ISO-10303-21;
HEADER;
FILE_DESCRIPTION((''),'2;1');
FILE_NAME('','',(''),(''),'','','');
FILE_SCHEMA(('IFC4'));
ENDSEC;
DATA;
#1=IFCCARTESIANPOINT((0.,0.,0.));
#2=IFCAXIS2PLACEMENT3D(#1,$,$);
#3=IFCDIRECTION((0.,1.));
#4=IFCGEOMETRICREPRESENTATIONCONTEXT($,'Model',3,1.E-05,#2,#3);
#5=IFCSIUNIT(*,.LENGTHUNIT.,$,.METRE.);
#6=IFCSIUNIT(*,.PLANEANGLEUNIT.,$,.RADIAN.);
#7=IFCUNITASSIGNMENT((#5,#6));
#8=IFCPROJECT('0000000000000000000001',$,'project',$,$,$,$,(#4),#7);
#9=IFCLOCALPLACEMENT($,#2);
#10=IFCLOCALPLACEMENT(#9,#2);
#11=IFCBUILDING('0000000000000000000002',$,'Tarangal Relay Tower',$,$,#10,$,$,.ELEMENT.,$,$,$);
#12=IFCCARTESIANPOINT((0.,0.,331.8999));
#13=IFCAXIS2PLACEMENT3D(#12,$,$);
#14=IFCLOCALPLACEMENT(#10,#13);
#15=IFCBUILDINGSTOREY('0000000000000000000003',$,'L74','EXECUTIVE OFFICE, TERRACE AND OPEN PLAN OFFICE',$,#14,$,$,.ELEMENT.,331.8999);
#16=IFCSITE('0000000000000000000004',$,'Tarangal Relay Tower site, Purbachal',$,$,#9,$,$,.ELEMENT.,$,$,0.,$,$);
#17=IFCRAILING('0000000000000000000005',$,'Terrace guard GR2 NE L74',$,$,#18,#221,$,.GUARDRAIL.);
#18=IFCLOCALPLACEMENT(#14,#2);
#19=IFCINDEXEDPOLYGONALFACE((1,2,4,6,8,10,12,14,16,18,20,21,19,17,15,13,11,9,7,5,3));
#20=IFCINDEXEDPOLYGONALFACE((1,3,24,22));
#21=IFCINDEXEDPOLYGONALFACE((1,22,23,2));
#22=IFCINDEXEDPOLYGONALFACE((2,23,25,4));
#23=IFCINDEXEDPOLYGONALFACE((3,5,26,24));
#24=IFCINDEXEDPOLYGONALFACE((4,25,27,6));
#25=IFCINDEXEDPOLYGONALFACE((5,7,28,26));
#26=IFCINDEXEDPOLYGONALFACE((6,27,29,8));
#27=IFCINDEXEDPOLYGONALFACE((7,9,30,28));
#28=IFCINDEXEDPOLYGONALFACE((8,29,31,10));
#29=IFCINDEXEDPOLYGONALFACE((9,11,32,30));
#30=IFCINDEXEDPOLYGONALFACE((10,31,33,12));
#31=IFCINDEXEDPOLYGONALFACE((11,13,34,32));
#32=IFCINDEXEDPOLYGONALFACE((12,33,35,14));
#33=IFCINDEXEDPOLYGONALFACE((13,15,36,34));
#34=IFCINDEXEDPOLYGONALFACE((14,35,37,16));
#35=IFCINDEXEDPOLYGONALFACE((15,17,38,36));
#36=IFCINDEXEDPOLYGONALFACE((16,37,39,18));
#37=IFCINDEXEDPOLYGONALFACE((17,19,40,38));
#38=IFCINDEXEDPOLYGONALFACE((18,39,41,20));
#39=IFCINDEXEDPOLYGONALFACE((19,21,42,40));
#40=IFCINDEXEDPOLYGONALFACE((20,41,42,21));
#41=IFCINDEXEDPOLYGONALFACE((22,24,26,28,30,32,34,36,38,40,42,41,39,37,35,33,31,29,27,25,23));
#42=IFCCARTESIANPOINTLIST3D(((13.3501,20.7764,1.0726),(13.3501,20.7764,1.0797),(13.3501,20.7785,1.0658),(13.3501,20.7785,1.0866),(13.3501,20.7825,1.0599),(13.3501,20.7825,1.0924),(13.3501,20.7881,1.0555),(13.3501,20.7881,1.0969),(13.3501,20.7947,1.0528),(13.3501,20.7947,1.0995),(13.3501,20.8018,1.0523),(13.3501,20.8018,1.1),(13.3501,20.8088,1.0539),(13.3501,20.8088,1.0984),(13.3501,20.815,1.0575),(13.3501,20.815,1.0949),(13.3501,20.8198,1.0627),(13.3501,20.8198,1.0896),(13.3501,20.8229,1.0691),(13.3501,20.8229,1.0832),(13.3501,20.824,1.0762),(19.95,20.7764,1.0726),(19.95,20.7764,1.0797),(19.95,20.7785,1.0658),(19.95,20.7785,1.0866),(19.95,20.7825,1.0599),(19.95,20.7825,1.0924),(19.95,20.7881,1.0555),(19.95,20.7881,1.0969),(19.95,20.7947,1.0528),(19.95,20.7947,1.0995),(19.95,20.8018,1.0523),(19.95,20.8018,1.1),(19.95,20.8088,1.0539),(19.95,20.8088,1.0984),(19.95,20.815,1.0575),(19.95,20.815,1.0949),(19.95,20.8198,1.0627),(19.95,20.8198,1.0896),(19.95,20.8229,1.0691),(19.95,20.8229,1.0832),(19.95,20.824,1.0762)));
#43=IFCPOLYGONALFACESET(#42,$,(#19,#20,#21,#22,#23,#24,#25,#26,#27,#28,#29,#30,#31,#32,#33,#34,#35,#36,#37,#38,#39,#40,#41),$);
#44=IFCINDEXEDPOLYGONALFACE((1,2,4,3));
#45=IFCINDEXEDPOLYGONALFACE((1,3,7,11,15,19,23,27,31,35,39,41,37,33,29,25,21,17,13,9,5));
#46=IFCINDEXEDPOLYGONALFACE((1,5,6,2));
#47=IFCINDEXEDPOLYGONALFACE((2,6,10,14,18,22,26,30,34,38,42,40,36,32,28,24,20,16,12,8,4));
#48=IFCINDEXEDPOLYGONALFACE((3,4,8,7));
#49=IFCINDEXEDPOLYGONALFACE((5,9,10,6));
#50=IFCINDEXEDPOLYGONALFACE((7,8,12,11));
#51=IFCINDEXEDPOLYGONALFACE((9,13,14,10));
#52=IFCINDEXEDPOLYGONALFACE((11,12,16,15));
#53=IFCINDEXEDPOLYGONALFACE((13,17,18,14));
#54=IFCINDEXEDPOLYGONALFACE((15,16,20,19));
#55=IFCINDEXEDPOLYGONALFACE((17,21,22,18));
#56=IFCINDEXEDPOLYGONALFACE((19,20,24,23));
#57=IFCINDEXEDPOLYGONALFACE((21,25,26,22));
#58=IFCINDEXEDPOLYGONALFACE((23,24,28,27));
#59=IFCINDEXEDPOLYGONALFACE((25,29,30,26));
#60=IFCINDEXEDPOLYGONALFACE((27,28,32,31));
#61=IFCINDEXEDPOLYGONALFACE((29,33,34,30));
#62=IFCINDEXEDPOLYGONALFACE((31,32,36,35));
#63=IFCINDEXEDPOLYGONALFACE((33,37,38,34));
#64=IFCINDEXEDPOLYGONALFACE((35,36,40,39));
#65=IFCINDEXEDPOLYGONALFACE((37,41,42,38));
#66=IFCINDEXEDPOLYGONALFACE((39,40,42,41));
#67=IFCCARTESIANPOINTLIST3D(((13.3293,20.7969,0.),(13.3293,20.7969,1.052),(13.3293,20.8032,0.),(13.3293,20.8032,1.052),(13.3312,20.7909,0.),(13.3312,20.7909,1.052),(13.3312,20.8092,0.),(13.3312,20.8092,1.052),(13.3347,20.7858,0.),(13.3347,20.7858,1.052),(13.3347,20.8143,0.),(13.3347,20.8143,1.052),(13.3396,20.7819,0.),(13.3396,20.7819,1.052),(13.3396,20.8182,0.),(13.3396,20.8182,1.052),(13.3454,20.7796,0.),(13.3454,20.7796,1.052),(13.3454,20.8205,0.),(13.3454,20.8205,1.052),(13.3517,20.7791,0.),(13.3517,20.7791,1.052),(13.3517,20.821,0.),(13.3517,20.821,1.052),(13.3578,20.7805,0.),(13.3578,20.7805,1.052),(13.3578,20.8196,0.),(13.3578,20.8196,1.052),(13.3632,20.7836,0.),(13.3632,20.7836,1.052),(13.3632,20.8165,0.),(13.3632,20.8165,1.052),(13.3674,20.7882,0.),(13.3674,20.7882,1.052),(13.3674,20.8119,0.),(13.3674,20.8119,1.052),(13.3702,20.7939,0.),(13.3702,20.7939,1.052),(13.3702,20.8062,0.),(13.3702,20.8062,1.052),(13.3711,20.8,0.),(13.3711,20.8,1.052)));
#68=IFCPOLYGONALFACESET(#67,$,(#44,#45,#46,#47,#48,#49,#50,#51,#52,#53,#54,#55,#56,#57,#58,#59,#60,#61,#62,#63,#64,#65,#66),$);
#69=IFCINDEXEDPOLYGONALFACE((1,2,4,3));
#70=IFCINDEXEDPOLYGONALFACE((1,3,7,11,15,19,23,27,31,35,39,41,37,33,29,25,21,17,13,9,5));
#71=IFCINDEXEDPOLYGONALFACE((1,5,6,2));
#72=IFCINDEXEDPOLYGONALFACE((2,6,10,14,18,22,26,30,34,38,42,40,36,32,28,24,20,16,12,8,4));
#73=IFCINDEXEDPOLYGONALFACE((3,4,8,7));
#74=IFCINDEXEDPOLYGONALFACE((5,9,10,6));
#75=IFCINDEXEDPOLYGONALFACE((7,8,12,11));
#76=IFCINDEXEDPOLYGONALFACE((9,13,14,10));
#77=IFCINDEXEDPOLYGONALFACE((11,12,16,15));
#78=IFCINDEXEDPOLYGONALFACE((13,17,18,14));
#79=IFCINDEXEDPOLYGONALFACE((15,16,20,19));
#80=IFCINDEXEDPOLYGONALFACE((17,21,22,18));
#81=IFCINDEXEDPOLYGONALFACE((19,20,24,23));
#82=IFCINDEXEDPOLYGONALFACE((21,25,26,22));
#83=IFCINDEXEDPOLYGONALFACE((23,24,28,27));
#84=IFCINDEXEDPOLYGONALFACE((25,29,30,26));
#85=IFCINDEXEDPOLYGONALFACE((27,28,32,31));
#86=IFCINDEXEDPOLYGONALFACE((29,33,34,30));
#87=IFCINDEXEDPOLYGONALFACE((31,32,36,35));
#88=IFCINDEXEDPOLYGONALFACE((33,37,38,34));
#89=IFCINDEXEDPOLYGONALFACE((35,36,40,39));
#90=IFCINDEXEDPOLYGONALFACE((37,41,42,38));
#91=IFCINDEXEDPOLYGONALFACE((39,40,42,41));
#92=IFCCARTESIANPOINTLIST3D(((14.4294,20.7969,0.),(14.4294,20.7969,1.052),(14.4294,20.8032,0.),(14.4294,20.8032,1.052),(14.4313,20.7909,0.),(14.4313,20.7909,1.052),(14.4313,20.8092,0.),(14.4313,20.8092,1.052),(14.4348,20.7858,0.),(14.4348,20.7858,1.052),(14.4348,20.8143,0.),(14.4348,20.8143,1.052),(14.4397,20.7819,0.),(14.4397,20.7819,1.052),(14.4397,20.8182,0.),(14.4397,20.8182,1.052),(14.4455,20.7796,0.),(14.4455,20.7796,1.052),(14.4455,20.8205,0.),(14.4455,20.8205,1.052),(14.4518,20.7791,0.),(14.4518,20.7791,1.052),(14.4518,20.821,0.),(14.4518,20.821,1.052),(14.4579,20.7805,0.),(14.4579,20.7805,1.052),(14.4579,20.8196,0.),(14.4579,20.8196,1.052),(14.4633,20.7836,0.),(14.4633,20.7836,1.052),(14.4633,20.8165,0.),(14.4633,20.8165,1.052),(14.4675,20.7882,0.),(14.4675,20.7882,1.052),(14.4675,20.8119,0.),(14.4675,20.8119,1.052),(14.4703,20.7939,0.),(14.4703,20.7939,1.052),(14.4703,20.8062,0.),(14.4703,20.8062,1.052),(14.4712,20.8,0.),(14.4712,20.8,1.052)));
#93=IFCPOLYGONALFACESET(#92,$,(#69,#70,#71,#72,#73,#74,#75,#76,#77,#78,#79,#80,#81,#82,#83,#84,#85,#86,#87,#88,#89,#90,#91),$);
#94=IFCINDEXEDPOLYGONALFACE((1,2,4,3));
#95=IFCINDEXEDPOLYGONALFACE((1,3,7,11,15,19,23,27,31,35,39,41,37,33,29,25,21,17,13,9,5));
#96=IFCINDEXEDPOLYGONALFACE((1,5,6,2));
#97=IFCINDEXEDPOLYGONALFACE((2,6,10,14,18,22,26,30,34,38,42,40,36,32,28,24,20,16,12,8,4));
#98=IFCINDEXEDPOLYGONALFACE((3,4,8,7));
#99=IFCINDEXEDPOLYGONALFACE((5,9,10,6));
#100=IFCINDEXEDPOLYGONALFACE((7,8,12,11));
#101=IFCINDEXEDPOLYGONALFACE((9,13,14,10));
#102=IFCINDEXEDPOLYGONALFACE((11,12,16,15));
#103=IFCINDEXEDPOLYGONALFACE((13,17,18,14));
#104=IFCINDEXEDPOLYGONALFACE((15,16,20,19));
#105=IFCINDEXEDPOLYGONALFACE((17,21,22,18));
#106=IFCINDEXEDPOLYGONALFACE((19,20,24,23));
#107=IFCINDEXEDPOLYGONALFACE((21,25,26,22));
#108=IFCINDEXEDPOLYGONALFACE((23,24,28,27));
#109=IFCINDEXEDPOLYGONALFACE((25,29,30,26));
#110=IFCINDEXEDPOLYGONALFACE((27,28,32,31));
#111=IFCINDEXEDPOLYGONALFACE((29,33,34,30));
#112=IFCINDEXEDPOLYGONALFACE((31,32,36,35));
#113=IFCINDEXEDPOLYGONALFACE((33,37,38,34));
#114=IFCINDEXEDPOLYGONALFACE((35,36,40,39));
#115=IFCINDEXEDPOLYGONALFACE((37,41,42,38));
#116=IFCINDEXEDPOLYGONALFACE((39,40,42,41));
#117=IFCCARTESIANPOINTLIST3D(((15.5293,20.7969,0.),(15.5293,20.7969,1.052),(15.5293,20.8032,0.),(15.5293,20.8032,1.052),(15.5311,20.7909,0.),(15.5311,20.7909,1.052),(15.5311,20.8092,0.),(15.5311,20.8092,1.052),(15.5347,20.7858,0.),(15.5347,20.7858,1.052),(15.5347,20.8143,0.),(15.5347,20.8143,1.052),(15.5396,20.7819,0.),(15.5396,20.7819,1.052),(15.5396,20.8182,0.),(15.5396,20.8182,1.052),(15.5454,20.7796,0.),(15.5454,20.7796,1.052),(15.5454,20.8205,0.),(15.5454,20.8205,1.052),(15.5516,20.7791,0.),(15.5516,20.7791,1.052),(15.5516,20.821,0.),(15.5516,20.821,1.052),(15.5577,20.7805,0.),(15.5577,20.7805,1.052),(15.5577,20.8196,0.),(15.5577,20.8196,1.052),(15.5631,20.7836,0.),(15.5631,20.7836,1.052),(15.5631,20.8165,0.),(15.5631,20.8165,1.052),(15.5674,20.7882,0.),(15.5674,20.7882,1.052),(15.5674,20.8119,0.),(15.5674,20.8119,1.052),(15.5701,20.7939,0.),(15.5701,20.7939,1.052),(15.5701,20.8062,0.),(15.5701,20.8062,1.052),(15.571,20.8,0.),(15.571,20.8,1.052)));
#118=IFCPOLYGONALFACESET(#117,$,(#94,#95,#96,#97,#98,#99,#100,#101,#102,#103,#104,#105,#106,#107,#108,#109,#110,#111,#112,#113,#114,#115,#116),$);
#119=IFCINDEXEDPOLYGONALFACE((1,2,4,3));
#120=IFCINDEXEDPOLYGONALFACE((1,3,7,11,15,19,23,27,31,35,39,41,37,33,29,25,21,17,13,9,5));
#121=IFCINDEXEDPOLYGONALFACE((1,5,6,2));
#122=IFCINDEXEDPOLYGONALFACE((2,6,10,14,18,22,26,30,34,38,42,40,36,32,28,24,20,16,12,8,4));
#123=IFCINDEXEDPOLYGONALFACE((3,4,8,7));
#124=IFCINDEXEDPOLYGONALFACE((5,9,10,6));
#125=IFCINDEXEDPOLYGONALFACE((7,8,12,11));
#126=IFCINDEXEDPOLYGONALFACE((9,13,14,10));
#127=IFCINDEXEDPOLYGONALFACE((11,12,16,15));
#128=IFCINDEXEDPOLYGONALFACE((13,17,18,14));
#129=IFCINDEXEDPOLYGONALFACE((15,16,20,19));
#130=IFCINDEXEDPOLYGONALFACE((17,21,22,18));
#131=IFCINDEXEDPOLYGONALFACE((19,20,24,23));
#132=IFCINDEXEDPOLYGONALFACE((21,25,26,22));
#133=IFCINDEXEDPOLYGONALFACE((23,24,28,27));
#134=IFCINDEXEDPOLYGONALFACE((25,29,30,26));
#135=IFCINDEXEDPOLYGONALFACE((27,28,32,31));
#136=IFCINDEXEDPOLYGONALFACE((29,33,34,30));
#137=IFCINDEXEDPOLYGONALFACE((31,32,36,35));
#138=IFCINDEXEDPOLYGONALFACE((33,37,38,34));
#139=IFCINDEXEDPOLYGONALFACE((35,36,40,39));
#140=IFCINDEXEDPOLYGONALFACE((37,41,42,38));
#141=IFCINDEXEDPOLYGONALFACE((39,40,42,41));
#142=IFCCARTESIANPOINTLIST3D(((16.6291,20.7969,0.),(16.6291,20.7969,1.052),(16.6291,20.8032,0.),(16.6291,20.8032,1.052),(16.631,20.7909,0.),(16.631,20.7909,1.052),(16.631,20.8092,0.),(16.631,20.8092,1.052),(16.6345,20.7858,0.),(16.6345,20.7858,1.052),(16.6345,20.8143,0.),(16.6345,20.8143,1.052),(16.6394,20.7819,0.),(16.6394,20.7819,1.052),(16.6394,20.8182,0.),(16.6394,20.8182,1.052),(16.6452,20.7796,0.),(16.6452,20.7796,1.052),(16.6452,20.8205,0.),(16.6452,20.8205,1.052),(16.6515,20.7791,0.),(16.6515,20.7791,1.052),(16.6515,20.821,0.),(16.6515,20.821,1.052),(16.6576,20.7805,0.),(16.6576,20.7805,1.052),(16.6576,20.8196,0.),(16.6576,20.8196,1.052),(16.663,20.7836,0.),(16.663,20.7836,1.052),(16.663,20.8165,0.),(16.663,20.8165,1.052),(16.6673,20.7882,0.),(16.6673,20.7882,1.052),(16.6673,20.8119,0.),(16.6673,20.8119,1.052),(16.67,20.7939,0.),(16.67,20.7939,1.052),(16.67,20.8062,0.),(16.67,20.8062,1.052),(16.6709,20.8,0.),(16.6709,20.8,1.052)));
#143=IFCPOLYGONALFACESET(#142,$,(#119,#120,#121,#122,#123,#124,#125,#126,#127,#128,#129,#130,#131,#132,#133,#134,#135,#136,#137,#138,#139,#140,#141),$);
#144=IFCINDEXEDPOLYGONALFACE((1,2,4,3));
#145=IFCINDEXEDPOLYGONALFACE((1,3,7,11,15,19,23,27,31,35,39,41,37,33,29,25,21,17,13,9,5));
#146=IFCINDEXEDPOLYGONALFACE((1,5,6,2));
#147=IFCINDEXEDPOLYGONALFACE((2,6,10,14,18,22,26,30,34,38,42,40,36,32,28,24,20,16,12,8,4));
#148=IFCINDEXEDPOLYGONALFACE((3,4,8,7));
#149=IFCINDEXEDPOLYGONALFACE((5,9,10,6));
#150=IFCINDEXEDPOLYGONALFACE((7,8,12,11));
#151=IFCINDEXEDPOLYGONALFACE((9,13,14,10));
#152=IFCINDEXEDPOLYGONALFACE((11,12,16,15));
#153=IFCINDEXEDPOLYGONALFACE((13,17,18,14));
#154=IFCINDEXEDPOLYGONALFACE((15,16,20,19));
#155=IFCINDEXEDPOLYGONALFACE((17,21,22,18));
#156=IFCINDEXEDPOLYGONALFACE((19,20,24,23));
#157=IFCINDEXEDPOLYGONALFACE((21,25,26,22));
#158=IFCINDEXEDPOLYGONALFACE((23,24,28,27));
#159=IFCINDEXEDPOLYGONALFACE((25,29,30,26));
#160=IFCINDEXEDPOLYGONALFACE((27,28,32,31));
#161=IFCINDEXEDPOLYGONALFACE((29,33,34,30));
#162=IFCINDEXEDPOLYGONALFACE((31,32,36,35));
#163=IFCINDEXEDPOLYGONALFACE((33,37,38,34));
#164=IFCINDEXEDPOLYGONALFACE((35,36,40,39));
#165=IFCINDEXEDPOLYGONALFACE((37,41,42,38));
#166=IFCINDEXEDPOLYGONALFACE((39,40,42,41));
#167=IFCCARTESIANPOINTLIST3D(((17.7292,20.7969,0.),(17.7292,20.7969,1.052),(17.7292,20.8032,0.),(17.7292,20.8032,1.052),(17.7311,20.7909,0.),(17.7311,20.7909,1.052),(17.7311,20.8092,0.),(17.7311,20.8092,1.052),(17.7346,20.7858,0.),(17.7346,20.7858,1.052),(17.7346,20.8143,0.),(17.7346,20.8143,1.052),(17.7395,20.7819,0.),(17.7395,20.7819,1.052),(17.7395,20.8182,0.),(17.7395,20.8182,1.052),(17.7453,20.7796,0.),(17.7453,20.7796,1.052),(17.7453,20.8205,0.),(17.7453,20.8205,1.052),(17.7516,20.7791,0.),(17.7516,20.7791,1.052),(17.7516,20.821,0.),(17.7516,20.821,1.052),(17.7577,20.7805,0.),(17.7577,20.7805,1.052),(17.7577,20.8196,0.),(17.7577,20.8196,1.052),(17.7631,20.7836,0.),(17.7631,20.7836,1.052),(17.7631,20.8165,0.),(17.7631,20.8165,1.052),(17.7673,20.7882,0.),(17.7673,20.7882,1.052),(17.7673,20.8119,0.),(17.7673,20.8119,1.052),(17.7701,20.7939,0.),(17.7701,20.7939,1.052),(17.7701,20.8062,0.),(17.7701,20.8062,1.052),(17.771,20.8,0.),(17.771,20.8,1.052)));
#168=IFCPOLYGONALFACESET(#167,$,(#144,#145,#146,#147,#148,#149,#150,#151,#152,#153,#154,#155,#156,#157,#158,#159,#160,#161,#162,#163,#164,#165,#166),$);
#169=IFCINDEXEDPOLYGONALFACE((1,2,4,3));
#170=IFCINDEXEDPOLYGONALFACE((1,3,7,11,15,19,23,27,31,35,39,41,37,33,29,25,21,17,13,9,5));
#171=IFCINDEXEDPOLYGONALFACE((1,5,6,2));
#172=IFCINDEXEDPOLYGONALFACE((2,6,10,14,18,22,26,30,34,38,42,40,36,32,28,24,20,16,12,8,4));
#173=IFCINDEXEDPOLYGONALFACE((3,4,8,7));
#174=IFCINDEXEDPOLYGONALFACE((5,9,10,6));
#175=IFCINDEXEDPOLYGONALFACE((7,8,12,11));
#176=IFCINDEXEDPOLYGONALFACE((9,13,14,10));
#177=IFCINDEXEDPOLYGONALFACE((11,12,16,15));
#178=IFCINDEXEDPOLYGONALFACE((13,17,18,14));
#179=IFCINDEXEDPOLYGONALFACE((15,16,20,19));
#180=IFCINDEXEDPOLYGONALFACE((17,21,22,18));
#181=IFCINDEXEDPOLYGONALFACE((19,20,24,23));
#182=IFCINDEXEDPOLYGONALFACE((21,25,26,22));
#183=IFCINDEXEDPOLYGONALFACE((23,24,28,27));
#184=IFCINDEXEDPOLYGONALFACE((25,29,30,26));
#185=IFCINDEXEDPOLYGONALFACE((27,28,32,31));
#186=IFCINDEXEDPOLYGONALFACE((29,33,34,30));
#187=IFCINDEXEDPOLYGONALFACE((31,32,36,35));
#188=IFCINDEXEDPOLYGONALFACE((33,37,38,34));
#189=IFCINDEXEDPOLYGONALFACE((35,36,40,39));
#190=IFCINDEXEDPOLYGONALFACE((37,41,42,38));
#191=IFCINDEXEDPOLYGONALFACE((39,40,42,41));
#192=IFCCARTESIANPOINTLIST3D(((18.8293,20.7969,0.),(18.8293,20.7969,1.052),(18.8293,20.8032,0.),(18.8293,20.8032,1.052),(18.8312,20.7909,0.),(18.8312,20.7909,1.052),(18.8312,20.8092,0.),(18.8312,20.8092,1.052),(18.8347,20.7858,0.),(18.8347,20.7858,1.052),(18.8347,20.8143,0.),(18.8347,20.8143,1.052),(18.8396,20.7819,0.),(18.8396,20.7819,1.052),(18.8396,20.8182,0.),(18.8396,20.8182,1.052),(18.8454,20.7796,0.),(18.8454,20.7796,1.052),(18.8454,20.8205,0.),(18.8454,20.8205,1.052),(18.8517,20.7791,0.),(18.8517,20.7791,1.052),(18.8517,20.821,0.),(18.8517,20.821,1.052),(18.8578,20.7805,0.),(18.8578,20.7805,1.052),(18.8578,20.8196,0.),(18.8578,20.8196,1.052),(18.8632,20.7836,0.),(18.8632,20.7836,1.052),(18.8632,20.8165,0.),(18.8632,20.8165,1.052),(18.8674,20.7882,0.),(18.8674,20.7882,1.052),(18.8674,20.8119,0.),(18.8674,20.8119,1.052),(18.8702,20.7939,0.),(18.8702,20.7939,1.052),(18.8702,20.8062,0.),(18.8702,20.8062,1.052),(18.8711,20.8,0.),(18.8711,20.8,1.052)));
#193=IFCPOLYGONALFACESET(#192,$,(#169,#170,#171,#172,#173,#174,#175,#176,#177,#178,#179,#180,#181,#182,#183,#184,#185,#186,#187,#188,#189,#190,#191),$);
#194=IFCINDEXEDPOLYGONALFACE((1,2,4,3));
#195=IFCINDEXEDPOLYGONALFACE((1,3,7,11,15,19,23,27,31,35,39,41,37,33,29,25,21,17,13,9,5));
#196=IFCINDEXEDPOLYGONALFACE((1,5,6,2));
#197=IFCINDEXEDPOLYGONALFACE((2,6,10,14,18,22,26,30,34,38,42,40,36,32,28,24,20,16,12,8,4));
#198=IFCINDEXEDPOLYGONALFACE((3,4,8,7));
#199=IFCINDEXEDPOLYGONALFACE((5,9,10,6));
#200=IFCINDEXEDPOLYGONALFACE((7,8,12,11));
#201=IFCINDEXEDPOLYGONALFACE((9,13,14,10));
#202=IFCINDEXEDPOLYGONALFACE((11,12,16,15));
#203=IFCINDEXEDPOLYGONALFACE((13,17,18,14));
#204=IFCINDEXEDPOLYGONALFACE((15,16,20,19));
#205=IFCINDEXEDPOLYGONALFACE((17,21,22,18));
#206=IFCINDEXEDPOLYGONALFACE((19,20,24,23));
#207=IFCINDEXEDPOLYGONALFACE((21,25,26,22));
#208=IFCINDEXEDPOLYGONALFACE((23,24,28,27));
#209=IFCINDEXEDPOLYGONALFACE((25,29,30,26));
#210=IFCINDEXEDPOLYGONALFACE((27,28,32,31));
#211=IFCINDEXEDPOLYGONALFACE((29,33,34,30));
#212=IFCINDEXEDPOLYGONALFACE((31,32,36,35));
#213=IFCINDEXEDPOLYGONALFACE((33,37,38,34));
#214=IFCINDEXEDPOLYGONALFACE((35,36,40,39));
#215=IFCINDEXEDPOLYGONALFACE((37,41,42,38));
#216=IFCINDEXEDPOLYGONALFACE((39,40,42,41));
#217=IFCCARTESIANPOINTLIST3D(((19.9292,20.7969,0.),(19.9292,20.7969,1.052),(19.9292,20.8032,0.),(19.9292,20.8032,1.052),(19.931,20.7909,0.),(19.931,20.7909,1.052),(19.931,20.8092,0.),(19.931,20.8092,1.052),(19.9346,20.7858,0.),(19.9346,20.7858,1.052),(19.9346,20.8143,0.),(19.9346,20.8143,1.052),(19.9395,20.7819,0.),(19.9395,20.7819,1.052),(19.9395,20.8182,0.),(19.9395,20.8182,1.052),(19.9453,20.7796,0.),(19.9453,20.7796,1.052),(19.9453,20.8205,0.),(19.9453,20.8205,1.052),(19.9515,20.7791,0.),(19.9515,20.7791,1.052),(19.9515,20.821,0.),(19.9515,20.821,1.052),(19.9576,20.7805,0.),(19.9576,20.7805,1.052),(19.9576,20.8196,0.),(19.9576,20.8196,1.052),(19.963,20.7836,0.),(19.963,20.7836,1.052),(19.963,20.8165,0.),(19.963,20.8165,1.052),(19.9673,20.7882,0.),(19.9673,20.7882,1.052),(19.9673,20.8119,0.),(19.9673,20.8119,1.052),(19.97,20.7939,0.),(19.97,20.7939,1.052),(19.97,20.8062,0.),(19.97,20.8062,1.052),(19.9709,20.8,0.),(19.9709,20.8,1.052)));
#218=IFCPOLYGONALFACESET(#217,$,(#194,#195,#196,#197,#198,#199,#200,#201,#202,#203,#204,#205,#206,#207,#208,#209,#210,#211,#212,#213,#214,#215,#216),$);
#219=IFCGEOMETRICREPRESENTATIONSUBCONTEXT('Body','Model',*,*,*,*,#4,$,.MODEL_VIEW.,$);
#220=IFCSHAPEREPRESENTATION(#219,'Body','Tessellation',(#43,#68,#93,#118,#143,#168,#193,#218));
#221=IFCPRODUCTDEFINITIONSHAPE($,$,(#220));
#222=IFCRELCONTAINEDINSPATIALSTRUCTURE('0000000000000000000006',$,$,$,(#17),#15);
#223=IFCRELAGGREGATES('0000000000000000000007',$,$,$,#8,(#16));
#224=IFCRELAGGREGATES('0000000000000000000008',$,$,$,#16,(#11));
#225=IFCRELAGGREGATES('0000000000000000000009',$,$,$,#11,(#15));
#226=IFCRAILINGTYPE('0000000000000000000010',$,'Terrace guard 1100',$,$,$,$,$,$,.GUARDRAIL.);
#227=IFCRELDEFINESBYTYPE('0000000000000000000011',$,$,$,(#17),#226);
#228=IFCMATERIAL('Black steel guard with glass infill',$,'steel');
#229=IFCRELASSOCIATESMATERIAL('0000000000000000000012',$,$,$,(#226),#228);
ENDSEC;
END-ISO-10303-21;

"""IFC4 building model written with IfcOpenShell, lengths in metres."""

from ifc_helpers import new_model, si_unit, direction, frame, origin, origin_2d, place, context, subcontext, project, spatial, circle, extrude, material, type_object, element, save


model = new_model("IFC4")

# Units and contexts
model_context = context("Model", 3, precision=1e-05, world=origin(), true_north=direction((0.0, 1.0)))
body_context = subcontext(model_context, "Body", "Model", "MODEL_VIEW")
ifc_project = project(units=[si_unit("LENGTHUNIT", "METRE"), si_unit("PLANEANGLEUNIT", "RADIAN")], contexts=[model_context])

# Site, building, storey
site_placement = place(None, origin())
site = spatial("IfcSite", under=ifc_project, at=site_placement, Name="Tarangal Relay Tower site, Purbachal", CompositionType="ELEMENT", RefElevation=0.0)
building_placement = place(site_placement, origin())
building = spatial("IfcBuilding", under=site, at=building_placement, Name="Tarangal Relay Tower", CompositionType="ELEMENT")
storey_placement = place(building_placement, frame((0.0, 0.0, 331.8999)))
storey = spatial("IfcBuildingStorey", under=building, at=storey_placement, Name="L74", Description="EXECUTIVE OFFICE, TERRACE AND OPEN PLAN OFFICE", CompositionType="ELEMENT", Elevation=331.8999)

# Railing
ifc_material_1 = material(Name="Black steel guard with glass infill", Category="steel")
railing_type = type_object("IfcRailingType", Name="Terrace guard 1100", PredefinedType="GUARDRAIL", material=ifc_material_1)
railing_1_placement = place(storey_placement, frame((13.3501, 20.8, 0.0)))
element("IfcRailing", 1, at=railing_1_placement, inside=storey, type_object=railing_type, Name="Terrace guard GR2 NE L74", PredefinedType="GUARDRAIL", context=body_context, shape_type="SweptSolid", body=[
    extrude(circle(Radius=0.0239, at=origin_2d()), frame((0.0, 0.0, 1.0762), z_axis=(1.0, 0.0, 0.0), x_axis=(0.0, 1.0, 0.0)), (0.0, 0.0, 1.0), 6.5999),
    extrude(circle(Radius=0.021, at=origin_2d()), origin(), (0.0, 0.0, 1.0), 1.052),
    extrude(circle(Radius=0.021, at=origin_2d()), frame((1.1001, 0.0, 0.0)), (0.0, 0.0, 1.0), 1.052),
    extrude(circle(Radius=0.021, at=origin_2d()), frame((2.2, 0.0, 0.0)), (0.0, 0.0, 1.0), 1.052),
    extrude(circle(Radius=0.021, at=origin_2d()), frame((3.2998, 0.0, 0.0)), (0.0, 0.0, 1.0), 1.052),
    extrude(circle(Radius=0.021, at=origin_2d()), frame((4.3999, 0.0, 0.0)), (0.0, 0.0, 1.0), 1.052),
    extrude(circle(Radius=0.021, at=origin_2d()), frame((5.5, 0.0, 0.0)), (0.0, 0.0, 1.0), 1.052),
    extrude(circle(Radius=0.021, at=origin_2d()), frame((6.5999, 0.0, 0.0)), (0.0, 0.0, 1.0), 1.052),
])

save(model, "model.ifc")
